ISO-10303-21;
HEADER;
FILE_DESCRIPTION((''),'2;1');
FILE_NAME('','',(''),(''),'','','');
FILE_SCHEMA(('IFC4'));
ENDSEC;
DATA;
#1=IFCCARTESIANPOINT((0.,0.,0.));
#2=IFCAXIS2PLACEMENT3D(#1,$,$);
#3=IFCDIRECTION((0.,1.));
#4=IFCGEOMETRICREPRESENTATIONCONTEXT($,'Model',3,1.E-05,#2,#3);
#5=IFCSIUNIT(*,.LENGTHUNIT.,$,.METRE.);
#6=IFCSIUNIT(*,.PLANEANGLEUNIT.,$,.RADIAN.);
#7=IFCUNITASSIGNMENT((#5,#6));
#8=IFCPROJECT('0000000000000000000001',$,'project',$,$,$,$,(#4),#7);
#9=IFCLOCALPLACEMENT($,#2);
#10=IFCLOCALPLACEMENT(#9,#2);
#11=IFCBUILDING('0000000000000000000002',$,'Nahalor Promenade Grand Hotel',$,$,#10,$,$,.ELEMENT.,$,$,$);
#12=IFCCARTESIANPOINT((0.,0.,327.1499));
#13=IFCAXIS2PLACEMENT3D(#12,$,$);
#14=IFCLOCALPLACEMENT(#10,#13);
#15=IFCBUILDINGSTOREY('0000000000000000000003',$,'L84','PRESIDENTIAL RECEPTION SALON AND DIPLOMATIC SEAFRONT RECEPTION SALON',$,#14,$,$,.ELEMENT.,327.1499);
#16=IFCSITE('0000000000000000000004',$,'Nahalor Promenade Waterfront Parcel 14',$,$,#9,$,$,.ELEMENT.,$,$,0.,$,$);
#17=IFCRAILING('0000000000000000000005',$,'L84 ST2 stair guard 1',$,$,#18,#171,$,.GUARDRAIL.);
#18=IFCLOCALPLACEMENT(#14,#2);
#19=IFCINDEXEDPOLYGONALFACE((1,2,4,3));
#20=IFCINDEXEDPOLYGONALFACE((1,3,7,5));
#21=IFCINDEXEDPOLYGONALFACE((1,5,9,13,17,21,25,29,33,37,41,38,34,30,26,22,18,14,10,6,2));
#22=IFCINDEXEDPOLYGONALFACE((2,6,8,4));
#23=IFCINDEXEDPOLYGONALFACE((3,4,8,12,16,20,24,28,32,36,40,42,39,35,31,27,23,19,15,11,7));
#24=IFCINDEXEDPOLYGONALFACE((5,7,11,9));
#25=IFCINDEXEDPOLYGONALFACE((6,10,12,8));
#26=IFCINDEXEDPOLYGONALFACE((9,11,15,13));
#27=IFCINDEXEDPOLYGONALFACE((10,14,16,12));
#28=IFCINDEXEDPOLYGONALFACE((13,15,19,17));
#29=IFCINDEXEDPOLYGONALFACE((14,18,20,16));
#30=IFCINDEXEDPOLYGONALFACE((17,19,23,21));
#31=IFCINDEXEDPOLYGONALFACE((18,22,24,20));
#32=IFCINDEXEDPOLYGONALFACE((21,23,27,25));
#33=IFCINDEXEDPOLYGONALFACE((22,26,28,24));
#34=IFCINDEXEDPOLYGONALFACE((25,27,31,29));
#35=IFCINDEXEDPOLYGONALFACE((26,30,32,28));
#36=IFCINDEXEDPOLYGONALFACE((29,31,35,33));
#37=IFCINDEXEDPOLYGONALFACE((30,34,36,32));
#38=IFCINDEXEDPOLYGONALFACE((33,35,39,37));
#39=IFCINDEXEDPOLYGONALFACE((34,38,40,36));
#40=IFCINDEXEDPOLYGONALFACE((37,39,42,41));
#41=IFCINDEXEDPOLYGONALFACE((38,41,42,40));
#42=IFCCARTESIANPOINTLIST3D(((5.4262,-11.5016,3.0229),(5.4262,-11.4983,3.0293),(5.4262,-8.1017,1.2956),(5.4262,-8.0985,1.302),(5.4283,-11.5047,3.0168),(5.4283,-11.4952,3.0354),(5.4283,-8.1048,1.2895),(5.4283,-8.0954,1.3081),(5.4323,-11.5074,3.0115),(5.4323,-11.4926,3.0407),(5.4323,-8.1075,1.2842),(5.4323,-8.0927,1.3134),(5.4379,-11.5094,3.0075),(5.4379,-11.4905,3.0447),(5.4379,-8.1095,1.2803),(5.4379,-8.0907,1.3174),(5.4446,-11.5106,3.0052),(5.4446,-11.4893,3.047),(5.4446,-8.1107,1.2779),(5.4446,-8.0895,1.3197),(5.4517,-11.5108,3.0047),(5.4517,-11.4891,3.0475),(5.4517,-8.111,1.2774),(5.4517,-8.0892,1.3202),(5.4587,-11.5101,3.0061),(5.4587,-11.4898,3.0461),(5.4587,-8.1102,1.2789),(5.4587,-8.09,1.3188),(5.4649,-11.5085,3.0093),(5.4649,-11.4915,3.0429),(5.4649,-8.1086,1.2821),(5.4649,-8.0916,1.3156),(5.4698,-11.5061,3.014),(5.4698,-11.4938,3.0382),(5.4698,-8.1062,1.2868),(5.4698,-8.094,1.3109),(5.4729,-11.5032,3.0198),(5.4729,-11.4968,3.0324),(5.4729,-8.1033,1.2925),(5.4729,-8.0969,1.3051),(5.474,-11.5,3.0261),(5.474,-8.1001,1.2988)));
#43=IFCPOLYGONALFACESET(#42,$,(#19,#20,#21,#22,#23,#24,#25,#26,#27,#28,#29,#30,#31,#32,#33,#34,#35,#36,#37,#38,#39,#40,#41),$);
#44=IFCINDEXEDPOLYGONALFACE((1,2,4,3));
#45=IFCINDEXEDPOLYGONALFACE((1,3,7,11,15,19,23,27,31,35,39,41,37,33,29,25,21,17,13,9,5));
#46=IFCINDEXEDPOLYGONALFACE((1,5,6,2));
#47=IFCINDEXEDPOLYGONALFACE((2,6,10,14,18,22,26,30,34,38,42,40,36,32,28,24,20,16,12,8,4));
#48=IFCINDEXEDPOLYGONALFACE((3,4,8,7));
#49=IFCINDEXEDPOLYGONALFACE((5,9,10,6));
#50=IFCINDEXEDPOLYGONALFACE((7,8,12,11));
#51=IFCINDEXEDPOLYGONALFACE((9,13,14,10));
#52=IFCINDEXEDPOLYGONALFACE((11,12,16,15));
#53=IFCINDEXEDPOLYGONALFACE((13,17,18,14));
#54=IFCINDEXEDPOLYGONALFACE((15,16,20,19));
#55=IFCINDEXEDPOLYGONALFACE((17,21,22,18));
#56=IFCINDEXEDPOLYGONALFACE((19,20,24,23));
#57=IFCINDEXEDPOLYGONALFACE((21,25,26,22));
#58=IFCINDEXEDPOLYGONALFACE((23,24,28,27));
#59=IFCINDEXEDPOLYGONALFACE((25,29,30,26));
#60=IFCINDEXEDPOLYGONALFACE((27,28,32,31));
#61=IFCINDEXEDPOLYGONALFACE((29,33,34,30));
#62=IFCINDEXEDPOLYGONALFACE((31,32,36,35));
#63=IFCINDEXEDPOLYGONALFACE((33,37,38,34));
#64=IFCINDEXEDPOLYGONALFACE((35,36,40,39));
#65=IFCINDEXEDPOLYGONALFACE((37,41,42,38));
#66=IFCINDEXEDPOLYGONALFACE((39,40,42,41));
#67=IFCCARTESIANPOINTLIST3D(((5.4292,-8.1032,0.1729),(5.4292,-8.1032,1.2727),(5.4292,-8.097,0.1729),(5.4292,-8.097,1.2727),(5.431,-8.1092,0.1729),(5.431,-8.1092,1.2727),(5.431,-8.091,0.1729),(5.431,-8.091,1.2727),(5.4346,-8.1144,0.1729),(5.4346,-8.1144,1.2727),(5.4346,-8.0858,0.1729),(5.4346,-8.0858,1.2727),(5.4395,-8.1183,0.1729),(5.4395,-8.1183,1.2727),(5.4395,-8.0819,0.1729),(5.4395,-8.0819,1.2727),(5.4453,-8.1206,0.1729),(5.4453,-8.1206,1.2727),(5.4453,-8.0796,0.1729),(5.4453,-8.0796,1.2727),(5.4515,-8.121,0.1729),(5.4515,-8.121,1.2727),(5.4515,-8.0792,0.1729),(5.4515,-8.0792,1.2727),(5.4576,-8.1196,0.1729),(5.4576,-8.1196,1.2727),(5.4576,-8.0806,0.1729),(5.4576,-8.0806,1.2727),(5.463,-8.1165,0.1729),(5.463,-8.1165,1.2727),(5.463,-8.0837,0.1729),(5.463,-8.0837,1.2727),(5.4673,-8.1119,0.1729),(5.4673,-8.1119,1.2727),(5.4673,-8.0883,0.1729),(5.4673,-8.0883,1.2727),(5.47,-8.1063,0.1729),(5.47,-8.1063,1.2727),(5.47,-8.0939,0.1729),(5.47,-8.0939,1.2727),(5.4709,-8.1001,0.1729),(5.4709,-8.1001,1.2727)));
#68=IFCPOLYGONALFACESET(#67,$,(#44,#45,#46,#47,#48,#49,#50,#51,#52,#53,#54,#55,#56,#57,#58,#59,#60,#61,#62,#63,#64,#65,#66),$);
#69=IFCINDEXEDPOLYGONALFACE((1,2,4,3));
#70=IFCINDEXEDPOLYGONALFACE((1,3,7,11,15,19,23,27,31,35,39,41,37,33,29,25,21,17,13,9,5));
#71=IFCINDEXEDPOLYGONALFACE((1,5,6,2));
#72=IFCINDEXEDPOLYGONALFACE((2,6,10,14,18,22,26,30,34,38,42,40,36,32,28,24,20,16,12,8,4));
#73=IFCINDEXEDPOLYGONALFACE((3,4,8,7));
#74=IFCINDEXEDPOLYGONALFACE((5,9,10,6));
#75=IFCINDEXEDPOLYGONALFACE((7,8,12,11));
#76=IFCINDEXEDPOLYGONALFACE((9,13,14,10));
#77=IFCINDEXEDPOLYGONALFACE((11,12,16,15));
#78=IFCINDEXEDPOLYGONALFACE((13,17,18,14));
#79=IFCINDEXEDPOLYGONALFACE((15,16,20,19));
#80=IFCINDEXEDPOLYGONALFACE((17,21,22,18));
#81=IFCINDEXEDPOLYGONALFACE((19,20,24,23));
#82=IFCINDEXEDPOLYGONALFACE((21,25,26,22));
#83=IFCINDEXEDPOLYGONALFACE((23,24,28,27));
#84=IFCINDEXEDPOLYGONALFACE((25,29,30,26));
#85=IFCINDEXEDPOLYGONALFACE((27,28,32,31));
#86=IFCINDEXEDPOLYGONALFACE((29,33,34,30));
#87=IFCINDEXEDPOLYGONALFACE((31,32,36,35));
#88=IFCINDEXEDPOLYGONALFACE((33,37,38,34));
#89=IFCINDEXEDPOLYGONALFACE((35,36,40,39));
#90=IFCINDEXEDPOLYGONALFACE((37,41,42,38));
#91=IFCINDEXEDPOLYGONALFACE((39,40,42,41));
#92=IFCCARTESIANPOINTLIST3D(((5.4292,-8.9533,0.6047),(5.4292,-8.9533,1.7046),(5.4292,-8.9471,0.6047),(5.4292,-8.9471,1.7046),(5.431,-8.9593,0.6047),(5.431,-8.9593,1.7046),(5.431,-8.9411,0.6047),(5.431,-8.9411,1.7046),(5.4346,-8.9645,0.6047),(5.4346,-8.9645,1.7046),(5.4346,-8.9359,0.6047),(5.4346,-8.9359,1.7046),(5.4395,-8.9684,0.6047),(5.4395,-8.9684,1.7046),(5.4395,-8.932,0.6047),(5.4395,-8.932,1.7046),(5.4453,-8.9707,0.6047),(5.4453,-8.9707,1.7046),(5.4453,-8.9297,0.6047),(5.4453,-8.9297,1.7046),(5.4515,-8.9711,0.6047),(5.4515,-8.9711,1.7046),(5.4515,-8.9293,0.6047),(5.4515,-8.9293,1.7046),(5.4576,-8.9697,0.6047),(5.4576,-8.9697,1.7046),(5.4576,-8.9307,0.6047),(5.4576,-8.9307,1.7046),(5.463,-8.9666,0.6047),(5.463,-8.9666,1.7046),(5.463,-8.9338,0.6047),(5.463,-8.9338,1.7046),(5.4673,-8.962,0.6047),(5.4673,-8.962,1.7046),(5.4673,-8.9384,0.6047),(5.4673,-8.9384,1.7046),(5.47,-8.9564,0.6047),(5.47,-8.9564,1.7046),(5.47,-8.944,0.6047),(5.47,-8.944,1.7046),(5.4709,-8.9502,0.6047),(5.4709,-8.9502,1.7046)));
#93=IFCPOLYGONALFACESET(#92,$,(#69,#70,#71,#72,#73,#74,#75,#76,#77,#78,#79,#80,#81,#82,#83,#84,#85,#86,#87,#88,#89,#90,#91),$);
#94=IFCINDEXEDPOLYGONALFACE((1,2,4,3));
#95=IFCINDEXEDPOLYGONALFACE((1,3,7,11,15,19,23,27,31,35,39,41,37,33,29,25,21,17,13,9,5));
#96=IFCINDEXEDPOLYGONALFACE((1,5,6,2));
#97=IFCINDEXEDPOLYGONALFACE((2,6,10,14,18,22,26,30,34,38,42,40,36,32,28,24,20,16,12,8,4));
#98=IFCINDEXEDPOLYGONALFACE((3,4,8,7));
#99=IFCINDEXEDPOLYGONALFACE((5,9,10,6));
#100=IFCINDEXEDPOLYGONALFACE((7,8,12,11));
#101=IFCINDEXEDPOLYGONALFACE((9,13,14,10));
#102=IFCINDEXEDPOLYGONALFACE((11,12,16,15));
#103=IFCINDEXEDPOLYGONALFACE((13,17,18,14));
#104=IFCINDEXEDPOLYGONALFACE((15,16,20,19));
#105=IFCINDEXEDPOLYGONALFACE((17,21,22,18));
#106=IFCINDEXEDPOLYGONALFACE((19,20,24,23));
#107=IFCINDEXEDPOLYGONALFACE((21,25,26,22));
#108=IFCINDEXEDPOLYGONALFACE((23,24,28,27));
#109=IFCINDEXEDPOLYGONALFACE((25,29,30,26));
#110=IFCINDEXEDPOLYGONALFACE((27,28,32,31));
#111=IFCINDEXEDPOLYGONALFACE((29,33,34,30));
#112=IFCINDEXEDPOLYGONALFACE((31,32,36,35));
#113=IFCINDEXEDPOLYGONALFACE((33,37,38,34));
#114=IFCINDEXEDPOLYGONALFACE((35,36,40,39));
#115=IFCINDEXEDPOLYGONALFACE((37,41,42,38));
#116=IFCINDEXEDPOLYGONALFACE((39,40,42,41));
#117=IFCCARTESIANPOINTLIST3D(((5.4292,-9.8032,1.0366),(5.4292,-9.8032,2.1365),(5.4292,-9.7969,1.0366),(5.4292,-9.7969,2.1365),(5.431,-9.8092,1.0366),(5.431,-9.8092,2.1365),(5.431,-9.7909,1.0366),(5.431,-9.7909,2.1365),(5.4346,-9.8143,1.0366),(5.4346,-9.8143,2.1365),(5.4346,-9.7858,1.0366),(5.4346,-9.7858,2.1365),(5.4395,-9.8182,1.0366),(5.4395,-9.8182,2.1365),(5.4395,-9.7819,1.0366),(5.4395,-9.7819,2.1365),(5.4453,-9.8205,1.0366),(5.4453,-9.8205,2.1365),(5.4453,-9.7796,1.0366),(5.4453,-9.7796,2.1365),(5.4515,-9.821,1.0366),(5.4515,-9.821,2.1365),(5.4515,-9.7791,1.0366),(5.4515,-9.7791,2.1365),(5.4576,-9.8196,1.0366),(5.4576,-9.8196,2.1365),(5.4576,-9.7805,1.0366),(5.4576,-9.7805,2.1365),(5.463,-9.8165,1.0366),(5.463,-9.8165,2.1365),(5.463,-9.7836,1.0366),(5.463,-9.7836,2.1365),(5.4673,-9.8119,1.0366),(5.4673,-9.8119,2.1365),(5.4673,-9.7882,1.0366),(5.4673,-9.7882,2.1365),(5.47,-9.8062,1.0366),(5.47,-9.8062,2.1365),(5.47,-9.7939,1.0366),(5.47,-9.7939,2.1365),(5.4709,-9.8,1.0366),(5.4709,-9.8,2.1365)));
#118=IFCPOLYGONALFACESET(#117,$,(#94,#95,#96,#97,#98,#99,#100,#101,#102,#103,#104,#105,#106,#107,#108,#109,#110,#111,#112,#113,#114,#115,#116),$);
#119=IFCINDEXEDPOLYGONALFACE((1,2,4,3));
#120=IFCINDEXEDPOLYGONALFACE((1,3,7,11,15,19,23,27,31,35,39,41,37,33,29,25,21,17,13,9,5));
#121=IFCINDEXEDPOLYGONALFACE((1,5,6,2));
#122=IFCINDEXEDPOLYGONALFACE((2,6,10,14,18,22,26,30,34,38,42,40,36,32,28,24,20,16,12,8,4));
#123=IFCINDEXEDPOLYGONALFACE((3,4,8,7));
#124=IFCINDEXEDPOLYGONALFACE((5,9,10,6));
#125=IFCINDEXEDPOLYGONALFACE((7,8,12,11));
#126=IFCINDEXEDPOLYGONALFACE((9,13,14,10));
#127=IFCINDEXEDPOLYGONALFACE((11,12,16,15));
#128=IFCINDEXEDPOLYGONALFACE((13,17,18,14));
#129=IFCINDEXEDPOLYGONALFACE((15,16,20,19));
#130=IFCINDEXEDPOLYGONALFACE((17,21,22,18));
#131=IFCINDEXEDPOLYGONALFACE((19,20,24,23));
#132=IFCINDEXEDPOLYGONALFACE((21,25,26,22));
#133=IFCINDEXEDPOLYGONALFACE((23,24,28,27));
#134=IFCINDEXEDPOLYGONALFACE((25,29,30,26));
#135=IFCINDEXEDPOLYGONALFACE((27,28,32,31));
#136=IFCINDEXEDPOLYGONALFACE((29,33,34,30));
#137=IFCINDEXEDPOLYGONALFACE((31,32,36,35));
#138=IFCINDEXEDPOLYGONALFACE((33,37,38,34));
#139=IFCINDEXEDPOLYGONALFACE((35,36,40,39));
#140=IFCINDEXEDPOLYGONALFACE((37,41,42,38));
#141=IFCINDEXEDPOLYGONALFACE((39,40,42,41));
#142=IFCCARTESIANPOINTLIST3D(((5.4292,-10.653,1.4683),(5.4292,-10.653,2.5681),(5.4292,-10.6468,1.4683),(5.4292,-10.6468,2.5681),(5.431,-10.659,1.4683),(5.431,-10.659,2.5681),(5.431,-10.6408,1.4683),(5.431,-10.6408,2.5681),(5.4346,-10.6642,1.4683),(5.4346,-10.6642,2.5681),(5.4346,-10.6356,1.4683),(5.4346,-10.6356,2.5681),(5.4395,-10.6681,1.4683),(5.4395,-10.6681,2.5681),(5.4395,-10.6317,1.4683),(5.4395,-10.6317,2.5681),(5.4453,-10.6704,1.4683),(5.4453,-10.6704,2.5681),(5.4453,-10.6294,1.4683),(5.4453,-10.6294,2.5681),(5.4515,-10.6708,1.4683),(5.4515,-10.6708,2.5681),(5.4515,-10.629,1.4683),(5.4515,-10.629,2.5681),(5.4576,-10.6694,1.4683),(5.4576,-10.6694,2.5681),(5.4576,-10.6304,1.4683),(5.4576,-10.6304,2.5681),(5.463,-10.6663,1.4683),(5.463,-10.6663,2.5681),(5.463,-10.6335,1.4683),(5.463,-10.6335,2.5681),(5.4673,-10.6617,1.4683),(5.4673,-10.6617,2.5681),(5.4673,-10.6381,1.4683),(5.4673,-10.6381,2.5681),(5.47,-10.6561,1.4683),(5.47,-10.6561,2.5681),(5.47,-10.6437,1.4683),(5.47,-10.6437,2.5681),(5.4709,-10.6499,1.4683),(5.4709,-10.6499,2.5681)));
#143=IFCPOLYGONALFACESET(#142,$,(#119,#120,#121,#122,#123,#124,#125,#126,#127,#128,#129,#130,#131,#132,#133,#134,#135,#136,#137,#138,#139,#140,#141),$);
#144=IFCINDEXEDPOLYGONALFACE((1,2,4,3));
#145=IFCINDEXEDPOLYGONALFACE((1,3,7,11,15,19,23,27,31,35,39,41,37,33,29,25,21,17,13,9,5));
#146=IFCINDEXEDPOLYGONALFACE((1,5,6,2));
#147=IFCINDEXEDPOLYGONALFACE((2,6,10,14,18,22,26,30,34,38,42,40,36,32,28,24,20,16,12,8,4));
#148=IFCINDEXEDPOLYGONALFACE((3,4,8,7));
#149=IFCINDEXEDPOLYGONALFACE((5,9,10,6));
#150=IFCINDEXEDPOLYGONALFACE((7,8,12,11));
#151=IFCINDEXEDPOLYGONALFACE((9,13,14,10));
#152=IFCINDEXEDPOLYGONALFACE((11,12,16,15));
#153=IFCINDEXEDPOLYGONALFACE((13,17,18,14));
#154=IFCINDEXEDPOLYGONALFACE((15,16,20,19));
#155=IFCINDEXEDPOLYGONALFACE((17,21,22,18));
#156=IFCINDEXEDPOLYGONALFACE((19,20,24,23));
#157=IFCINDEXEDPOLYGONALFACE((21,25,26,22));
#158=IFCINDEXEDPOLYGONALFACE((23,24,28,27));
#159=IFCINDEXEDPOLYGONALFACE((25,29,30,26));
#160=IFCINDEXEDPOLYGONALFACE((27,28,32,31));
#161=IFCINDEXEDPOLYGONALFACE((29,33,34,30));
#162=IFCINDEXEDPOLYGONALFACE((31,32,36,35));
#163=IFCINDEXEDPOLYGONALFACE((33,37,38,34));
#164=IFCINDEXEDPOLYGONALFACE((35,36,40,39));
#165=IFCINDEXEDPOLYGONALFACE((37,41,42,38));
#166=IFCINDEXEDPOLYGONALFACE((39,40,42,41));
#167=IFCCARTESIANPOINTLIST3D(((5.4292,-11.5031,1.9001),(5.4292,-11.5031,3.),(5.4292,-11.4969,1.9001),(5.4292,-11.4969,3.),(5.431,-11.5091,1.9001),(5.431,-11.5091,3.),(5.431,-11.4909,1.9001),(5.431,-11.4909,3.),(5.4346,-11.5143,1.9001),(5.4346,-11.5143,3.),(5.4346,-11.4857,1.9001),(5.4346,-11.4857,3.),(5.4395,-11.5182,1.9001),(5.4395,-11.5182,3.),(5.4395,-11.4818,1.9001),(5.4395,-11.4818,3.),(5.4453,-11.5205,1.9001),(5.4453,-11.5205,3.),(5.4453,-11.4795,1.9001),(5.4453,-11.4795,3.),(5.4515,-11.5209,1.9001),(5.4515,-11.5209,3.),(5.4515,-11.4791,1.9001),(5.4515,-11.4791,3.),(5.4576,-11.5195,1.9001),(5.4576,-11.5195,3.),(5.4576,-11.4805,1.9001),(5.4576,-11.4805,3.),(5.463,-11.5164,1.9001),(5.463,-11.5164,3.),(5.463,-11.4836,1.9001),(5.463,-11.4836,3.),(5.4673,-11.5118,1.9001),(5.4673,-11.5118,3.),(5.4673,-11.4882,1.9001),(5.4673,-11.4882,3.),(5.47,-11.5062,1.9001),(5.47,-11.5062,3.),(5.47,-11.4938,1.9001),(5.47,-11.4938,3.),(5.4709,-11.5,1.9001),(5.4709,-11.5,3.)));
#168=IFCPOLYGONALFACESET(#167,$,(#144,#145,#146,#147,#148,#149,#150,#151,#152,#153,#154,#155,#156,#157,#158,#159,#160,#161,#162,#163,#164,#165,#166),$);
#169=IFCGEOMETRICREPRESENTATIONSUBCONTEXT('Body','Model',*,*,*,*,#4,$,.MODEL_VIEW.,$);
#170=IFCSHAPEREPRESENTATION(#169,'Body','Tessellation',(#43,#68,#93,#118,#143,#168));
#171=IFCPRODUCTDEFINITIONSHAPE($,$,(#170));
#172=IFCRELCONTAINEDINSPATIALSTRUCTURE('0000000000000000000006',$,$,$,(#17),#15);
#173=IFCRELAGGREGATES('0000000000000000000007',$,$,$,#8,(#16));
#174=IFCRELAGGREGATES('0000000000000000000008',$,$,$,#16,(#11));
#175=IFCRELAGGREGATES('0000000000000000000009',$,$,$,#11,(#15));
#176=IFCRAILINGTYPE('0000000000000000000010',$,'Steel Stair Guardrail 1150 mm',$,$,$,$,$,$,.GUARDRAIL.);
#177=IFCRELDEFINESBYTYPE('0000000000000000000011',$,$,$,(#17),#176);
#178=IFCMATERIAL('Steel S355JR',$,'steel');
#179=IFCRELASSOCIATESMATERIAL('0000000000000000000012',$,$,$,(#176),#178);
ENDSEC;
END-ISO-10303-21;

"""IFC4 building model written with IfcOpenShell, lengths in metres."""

from ifc_helpers import new_model, si_unit, direction, frame, origin, origin_2d, place, context, subcontext, project, spatial, circle, extrude, material, type_object, element, save


model = new_model("IFC4")

# Units and contexts
model_context = context("Model", 3, precision=1e-05, world=origin(), true_north=direction((0.0, 1.0)))
body_context = subcontext(model_context, "Body", "Model", "MODEL_VIEW")
ifc_project = project(units=[si_unit("LENGTHUNIT", "METRE"), si_unit("PLANEANGLEUNIT", "RADIAN")], contexts=[model_context])

# Site, building, storey
site_placement = place(None, origin())
site = spatial("IfcSite", under=ifc_project, at=site_placement, Name="Nahalor Promenade Waterfront Parcel 14", CompositionType="ELEMENT", RefElevation=0.0)
building_placement = place(site_placement, origin())
building = spatial("IfcBuilding", under=site, at=building_placement, Name="Nahalor Promenade Grand Hotel", CompositionType="ELEMENT")
storey_placement = place(building_placement, frame((0.0, 0.0, 327.1499)))
storey = spatial("IfcBuildingStorey", under=building, at=storey_placement, Name="L84", Description="PRESIDENTIAL RECEPTION SALON AND DIPLOMATIC SEAFRONT RECEPTION SALON", CompositionType="ELEMENT", Elevation=327.1499)

# Shared definitions
ifc_material_1 = material(Name="Steel S355JR", Category="steel")

# Railing
railing_type_1 = type_object("IfcRailingType", Name="Steel Stair Guardrail 1150 mm", PredefinedType="GUARDRAIL", material=ifc_material_1)
for number, where, name in (
    (1, (5.45, -8.1001, 0.1729), "L84 ST2 stair guard 1"),
):
    element("IfcRailing", number, at=place(storey_placement, frame(where)), inside=storey, type_object=railing_type_1, Name=name, PredefinedType="GUARDRAIL", context=body_context, shape_type="SweptSolid", body=[
        extrude(circle(Radius=0.024, at=origin_2d()), frame((0.0, 0.0, 1.126), z_axis=(0.0, -0.891541, 0.452941), x_axis=(1.0, 0.0, 0.0)), (0.0, 0.0, 1.0), 3.8135),
        extrude(circle(Radius=0.021, at=origin_2d()), origin(), (0.0, 0.0, 1.0), 1.0999),
        extrude(circle(Radius=0.021, at=origin_2d()), frame((0.0, -0.8501, 0.4319)), (0.0, 0.0, 1.0), 1.0999),
        extrude(circle(Radius=0.021, at=origin_2d()), frame((0.0, -1.7, 0.8638)), (0.0, 0.0, 1.0), 1.0999),
        extrude(circle(Radius=0.021, at=origin_2d()), frame((0.0, -2.5498, 1.2954)), (0.0, 0.0, 1.0), 1.0999),
        extrude(circle(Radius=0.021, at=origin_2d()), frame((0.0, -3.3999, 1.7273)), (0.0, 0.0, 1.0), 1.0999),
    ])

save(model, "model.ifc")
